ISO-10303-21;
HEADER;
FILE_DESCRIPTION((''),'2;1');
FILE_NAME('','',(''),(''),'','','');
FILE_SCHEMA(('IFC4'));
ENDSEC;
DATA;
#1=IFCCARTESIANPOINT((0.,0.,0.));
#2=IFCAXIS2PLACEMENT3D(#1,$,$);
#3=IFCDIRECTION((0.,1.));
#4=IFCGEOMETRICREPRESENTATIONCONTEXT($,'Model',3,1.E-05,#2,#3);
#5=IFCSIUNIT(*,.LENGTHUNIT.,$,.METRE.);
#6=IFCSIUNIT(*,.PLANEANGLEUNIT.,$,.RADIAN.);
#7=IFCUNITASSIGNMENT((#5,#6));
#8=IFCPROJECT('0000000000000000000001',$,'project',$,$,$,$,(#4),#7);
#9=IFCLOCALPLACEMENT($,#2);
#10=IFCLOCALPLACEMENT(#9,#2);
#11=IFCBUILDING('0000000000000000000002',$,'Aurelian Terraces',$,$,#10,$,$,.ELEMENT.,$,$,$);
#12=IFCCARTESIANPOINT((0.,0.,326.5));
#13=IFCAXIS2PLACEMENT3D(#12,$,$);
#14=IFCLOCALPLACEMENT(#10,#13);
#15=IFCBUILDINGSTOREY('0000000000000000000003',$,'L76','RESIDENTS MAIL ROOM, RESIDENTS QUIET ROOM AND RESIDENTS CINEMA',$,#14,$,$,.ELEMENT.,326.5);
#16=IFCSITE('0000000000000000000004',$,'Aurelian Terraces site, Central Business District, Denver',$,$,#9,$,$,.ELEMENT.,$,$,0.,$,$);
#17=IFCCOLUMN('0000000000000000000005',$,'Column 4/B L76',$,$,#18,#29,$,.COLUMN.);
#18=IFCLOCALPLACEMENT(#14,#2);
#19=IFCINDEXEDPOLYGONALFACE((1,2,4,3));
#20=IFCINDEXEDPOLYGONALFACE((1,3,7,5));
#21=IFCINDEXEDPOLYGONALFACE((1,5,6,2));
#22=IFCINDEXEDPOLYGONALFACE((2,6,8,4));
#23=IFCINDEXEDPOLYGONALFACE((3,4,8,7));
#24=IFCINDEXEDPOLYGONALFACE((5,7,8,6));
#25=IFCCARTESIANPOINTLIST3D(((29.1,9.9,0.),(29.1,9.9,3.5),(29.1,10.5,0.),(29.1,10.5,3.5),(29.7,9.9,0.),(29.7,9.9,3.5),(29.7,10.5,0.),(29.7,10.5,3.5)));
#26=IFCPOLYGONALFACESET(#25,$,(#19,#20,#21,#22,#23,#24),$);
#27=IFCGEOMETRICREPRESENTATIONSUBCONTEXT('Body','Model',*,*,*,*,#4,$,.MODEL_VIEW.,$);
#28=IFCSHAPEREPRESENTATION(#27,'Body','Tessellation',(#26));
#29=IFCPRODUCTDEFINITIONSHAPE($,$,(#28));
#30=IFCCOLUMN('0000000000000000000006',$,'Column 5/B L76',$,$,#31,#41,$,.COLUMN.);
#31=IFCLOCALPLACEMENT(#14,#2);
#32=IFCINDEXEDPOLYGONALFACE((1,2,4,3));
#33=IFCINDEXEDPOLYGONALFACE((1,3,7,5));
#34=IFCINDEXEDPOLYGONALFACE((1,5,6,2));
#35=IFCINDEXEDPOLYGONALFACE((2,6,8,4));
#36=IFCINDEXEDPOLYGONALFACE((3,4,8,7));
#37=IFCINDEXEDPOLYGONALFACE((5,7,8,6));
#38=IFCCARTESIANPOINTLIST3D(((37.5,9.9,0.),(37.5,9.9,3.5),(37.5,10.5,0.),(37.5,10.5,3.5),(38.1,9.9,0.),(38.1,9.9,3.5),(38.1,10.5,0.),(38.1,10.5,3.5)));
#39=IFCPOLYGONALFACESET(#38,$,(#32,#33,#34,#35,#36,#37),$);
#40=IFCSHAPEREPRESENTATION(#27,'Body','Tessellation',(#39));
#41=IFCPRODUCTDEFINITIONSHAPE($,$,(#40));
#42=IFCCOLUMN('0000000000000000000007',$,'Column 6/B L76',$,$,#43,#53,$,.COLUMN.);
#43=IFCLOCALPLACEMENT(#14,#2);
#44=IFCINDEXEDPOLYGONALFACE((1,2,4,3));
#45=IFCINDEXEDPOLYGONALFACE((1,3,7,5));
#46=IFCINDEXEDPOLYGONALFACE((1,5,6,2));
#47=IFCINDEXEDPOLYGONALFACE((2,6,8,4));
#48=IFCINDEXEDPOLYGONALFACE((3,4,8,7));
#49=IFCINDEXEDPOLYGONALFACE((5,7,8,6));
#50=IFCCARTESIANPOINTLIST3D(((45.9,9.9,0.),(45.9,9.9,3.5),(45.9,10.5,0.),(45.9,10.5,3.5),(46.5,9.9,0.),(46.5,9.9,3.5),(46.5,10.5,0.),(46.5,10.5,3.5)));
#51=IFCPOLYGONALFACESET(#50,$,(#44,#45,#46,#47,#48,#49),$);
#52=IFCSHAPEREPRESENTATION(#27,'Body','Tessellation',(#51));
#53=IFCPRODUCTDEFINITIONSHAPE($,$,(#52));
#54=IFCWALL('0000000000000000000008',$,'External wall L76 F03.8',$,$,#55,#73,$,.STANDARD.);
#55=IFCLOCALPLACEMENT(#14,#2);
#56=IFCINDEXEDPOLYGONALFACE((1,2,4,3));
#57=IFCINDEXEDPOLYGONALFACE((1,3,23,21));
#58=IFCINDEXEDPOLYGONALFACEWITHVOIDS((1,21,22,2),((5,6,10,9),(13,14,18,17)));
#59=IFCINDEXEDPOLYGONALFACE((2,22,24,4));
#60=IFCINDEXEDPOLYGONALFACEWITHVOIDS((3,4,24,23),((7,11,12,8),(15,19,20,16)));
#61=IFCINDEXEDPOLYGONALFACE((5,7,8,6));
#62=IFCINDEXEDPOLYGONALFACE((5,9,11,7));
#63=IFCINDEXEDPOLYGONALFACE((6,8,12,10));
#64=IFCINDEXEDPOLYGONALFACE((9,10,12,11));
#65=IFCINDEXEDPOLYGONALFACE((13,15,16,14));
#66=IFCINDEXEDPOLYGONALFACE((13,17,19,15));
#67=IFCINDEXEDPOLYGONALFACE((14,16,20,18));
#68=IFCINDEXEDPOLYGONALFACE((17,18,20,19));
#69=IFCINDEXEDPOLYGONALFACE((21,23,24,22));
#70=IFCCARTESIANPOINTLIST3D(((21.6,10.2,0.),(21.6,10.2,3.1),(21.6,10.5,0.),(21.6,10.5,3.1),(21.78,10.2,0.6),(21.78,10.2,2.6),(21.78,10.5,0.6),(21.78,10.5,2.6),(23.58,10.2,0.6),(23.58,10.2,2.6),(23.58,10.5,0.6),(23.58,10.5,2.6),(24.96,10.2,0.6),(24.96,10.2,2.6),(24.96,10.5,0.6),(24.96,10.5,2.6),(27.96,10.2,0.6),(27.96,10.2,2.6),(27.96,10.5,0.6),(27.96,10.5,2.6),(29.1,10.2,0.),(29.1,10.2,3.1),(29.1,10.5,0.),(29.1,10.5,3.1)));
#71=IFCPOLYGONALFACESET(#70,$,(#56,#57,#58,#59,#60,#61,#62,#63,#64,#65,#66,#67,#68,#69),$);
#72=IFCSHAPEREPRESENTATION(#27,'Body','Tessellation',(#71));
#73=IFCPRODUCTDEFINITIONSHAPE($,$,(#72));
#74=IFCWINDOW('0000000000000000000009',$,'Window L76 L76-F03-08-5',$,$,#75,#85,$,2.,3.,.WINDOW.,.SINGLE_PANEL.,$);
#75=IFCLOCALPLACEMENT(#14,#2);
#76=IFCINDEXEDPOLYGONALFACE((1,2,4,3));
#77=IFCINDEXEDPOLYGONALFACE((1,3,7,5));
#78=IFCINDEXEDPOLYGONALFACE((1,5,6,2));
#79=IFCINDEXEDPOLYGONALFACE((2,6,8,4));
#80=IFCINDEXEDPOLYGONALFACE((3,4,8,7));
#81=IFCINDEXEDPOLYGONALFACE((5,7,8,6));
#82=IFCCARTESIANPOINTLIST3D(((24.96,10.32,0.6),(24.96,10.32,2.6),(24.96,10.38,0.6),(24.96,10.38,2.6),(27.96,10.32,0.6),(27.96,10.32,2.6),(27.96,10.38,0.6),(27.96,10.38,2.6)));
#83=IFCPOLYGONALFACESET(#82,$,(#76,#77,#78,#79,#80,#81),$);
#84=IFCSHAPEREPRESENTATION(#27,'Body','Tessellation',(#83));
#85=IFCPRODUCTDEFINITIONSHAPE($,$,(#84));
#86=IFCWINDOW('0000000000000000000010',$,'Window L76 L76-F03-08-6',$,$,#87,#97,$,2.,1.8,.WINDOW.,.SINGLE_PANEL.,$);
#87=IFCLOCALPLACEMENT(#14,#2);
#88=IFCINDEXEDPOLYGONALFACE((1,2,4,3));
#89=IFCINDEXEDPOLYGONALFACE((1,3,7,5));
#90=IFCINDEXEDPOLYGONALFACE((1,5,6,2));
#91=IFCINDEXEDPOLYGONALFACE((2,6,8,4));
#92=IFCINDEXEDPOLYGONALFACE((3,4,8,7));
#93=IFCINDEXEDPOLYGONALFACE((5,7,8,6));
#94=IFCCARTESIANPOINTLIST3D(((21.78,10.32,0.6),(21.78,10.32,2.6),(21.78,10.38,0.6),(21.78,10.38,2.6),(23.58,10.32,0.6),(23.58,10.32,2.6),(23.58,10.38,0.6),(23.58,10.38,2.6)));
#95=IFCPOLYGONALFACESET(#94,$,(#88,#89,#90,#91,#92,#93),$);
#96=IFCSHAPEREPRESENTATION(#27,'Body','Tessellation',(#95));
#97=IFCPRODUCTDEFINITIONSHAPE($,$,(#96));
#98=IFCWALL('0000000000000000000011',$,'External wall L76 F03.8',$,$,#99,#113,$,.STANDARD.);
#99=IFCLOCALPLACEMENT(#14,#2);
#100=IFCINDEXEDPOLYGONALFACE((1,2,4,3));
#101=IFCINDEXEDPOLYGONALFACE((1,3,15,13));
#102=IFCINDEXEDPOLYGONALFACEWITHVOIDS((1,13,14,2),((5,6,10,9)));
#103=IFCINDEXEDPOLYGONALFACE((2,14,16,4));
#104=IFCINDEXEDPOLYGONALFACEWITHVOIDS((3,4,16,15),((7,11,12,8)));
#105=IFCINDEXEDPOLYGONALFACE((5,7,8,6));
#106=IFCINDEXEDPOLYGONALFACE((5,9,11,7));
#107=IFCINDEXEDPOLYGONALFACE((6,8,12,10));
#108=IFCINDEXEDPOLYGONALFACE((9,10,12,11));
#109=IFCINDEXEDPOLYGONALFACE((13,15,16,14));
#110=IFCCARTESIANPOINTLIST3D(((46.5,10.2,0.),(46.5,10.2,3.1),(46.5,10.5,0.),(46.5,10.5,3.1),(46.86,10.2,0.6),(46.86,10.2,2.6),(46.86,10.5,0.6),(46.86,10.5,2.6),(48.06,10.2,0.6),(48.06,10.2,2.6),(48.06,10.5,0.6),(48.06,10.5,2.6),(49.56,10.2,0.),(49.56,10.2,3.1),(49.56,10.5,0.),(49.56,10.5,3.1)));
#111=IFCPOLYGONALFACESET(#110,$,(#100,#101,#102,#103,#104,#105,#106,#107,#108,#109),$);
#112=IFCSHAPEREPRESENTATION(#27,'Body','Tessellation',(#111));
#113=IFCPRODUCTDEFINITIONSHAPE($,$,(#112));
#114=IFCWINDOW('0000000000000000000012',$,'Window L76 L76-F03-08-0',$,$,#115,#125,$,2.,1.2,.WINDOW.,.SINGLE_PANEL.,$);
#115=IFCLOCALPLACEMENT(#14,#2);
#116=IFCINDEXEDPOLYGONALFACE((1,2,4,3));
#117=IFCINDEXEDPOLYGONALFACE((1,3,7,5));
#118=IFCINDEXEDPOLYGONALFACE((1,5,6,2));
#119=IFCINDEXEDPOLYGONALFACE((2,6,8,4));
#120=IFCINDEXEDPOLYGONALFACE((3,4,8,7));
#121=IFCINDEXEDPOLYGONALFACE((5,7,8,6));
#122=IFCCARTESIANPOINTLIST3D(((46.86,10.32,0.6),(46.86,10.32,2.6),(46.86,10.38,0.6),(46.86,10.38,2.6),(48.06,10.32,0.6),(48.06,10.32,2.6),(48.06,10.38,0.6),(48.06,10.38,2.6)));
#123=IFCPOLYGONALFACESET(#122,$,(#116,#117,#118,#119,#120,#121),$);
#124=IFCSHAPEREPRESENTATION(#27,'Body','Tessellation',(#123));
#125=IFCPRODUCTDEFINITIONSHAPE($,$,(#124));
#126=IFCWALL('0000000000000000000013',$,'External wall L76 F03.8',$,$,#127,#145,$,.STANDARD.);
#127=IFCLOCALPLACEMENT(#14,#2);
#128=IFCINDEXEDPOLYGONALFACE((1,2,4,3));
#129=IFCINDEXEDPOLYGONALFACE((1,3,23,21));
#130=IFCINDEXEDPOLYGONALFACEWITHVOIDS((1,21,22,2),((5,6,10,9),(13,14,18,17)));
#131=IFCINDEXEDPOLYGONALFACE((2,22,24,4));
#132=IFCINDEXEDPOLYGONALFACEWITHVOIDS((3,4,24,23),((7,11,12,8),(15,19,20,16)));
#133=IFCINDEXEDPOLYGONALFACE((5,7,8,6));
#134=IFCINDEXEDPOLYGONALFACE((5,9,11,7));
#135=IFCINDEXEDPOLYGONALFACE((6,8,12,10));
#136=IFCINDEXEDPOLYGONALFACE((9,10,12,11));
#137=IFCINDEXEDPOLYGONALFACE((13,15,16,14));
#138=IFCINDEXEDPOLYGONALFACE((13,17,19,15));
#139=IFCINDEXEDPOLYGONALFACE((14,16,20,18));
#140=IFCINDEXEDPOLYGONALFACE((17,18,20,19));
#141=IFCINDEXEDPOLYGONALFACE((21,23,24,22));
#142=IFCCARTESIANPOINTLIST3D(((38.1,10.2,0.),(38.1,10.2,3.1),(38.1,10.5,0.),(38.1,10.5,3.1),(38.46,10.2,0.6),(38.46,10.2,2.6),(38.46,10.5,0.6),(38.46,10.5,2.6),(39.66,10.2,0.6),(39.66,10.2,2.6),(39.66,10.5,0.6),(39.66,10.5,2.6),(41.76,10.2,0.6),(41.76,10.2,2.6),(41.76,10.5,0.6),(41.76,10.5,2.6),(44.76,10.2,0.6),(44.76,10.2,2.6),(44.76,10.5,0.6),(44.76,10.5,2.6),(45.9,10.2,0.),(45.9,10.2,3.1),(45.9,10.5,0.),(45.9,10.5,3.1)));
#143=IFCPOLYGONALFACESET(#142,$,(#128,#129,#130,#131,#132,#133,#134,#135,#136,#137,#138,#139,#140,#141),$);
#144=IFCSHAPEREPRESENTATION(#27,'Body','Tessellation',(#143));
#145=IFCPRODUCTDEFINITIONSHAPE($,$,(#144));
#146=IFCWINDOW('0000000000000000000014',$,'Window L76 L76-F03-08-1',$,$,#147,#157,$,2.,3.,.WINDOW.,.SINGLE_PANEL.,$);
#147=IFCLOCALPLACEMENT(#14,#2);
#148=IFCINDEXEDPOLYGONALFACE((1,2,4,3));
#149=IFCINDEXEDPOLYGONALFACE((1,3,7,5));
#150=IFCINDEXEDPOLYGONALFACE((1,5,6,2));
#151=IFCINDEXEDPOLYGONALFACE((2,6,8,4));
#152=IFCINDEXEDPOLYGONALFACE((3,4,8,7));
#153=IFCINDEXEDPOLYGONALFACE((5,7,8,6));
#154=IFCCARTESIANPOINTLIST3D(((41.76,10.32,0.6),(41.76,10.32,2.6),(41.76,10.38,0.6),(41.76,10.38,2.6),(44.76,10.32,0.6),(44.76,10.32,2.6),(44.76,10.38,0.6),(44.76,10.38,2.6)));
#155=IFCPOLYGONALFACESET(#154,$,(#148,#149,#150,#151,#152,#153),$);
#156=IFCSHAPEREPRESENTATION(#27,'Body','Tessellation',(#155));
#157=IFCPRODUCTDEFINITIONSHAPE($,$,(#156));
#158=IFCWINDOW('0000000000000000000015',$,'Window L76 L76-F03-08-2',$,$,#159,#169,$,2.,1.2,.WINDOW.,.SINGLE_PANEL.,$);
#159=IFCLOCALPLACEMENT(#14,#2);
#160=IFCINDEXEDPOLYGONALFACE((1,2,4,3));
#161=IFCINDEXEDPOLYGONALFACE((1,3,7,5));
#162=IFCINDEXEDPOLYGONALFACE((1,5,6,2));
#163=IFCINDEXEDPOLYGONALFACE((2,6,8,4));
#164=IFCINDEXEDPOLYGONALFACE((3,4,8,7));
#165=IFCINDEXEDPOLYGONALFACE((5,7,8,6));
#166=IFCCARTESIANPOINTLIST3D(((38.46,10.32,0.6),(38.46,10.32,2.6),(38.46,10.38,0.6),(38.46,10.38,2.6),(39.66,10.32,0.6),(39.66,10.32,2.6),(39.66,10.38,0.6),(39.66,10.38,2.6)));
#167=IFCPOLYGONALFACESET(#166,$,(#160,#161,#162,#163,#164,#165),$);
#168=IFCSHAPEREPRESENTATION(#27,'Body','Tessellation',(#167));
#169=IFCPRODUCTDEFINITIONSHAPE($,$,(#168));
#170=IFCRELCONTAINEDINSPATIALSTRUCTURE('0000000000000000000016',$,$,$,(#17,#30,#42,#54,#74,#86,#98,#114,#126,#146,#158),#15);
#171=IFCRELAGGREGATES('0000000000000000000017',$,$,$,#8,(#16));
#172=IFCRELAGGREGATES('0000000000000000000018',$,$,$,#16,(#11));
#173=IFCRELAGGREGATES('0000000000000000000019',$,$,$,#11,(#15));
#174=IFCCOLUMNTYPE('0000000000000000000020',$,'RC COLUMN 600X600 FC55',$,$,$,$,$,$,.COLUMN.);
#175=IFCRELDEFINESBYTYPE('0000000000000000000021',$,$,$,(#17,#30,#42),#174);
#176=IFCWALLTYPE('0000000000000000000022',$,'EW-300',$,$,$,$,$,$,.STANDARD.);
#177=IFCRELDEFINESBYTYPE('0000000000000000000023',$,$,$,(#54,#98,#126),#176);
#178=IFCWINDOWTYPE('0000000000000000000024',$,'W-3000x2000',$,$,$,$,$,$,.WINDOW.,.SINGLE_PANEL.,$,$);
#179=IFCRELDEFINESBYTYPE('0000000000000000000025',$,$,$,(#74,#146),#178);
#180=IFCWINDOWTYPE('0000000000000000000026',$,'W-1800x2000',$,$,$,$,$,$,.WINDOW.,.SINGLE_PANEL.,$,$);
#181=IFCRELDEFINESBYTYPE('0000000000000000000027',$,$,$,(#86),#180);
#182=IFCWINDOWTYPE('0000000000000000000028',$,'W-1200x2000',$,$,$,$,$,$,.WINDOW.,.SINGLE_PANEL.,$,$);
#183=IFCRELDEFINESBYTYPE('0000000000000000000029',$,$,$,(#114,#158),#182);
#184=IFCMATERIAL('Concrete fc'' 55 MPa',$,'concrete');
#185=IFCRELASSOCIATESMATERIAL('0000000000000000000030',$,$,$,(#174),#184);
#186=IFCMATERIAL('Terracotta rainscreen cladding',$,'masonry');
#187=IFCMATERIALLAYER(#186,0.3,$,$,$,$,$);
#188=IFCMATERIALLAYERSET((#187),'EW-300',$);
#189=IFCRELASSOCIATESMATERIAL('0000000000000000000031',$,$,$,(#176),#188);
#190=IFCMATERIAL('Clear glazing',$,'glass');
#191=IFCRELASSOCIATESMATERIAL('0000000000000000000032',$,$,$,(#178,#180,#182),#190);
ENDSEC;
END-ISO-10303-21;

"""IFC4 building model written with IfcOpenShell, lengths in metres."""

from ifc_helpers import new_model, si_unit, direction, frame, frame_2d, origin, origin_2d, place, context, subcontext, project, spatial, rectangle, extrude, source, transform, mapped, material, layer, layer_set, material_profile, profile_set, type_object, element, fill, save


model = new_model("IFC4")

# Units and contexts
model_context = context("Model", 3, precision=1e-05, world=origin(), true_north=direction((0.0, 1.0)))
body_context = subcontext(model_context, "Body", "Model", "MODEL_VIEW")
ifc_project = project(units=[si_unit("LENGTHUNIT", "METRE"), si_unit("PLANEANGLEUNIT", "RADIAN")], contexts=[model_context])

# Site, building, storey
site_placement = place(None, origin())
site = spatial("IfcSite", under=ifc_project, at=site_placement, Name="Aurelian Terraces site, Central Business District, Denver", CompositionType="ELEMENT", RefElevation=0.0)
building_placement = place(site_placement, origin())
building = spatial("IfcBuilding", under=site, at=building_placement, Name="Aurelian Terraces", CompositionType="ELEMENT")
storey_placement = place(building_placement, frame((0.0, 0.0, 326.5)))
storey = spatial("IfcBuildingStorey", under=building, at=storey_placement, Name="L76", Description="RESIDENTS MAIL ROOM, RESIDENTS QUIET ROOM AND RESIDENTS CINEMA", CompositionType="ELEMENT", Elevation=326.5)

# Columns
ifc_material_1 = material(Name="Concrete fc' 55 MPa", Category="concrete")
ifc_material_profile = material_profile(ifc_material_1, rectangle(XDim=0.6, YDim=0.6, at=origin_2d()))
ifc_profile_set = profile_set([ifc_material_profile], Name="Concrete fc' 55 MPa")
column_type = type_object("IfcColumnType", Name="RC COLUMN 600X600 FC55", PredefinedType="COLUMN", material=ifc_profile_set)
shared_shape_1 = source(origin(), body_context, "Body", "SweptSolid", [
    extrude(rectangle(XDim=0.6, YDim=0.6, at=origin_2d()), origin(), (0.0, 0.0, 1.0), 3.5),
])
for number, where, z_axis, x_axis, name in (
    (1, (29.4, 10.2, 0.0), (0.0, 0.0, 1.0), (1.0, 0.0, 0.0), "Column 4/B L76"),
    (2, (37.8, 10.2, 0.0), (0.0, 0.0, 1.0), (1.0, 0.0, 0.0), "Column 5/B L76"),
    (3, (46.2, 10.2, 0.0), (0.0, 0.0, 1.0), (1.0, 0.0, 0.0), "Column 6/B L76"),
):
    element("IfcColumn", number, at=place(storey_placement, frame(where, z_axis=z_axis, x_axis=x_axis)), inside=storey, type_object=column_type, Name=name, PredefinedType="COLUMN", context=body_context, shape_type="MappedRepresentation", body=[
        mapped(shared_shape_1, transform((0.0, 0.0, 0.0), scale=1.0)),
    ])

# Wall, openings, windows
ifc_material_2 = material(Name="Terracotta rainscreen cladding", Category="masonry")
ifc_layer_1 = layer(ifc_material_2, 0.3)
ifc_layer_set_1 = layer_set([ifc_layer_1], Name="EW-300")
wall_type_1 = type_object("IfcWallType", Name="EW-300", PredefinedType="STANDARD", material=ifc_layer_set_1)
wall_1_placement = place(storey_placement, frame((29.1, 10.35, 0.0), z_axis=(0.0, 0.0, 1.0), x_axis=(-1.0, 0.0, 0.0)))
wall_1 = element("IfcWall", 4, at=wall_1_placement, inside=storey, type_object=wall_type_1, Name="External wall L76 F03.8", PredefinedType="STANDARD", context=body_context, shape_type="SweptSolid", body=[
    extrude(rectangle(XDim=7.5, YDim=0.3, at=frame_2d((3.75, 0.0))), origin(), (0.0, 0.0, 1.0), 3.1),
])
shared_shape_2 = source(origin(), body_context, "Body", "SweptSolid", [
    extrude(rectangle(XDim=3.0, YDim=2.0, at=frame_2d((1.5, 1.0))), frame((0.0, 0.16, 0.0), z_axis=(0.0, -1.0, 0.0), x_axis=(1.0, 0.0, 0.0)), (0.0, 0.0, 1.0), 0.32),
])
opening_1_placement = place(wall_1_placement, frame((1.14, 0.0, 0.6)))
opening_1 = element("IfcOpeningElement", 5, at=opening_1_placement, cuts=wall_1, PredefinedType="OPENING", context=body_context, shape_type="MappedRepresentation", body=[
    mapped(shared_shape_2, transform((0.0, 0.0, 0.0), scale=1.0)),
])
shared_shape_3 = source(origin(), body_context, "Body", "SweptSolid", [
    extrude(rectangle(XDim=1.8, YDim=2.0, at=frame_2d((0.9, 1.0))), frame((0.0, 0.16, 0.0), z_axis=(0.0, -1.0, 0.0), x_axis=(1.0, 0.0, 0.0)), (0.0, 0.0, 1.0), 0.32),
])
opening_2_placement = place(wall_1_placement, frame((5.52, 0.0, 0.6)))
opening_2 = element("IfcOpeningElement", 6, at=opening_2_placement, cuts=wall_1, PredefinedType="OPENING", context=body_context, shape_type="MappedRepresentation", body=[
    mapped(shared_shape_3, transform((0.0, 0.0, 0.0), scale=1.0)),
])
ifc_material_3 = material(Name="Clear glazing", Category="glass")
window_type_1 = type_object("IfcWindowType", Name="W-3000x2000", PartitioningType="SINGLE_PANEL", PredefinedType="WINDOW", material=ifc_material_3)
shared_shape_4 = source(origin(), body_context, "Body", "SweptSolid", [
    extrude(rectangle(XDim=3.0, YDim=2.0, at=frame_2d((1.5, 1.0))), frame((0.0, 0.03, 0.0), z_axis=(0.0, -1.0, 0.0), x_axis=(1.0, 0.0, 0.0)), (0.0, 0.0, 1.0), 0.06),
])
window_1_placement = place(opening_1_placement, origin())
window_1 = element("IfcWindow", 7, at=window_1_placement, inside=storey, type_object=window_type_1, Name="Window L76 L76-F03-08-5", OverallHeight=2.0, OverallWidth=3.0, PartitioningType="SINGLE_PANEL", PredefinedType="WINDOW", context=body_context, shape_type="MappedRepresentation", body=[
    mapped(shared_shape_4, transform((0.0, 0.0, 0.0), scale=1.0)),
])
fill(opening_1, window_1)
window_type_2 = type_object("IfcWindowType", Name="W-1800x2000", PartitioningType="SINGLE_PANEL", PredefinedType="WINDOW", material=ifc_material_3)
shared_shape_5 = source(origin(), body_context, "Body", "SweptSolid", [
    extrude(rectangle(XDim=1.8, YDim=2.0, at=frame_2d((0.9, 1.0))), frame((0.0, 0.03, 0.0), z_axis=(0.0, -1.0, 0.0), x_axis=(1.0, 0.0, 0.0)), (0.0, 0.0, 1.0), 0.06),
])
window_2_placement = place(opening_2_placement, origin())
window_2 = element("IfcWindow", 8, at=window_2_placement, inside=storey, type_object=window_type_2, Name="Window L76 L76-F03-08-6", OverallHeight=2.0, OverallWidth=1.8, PartitioningType="SINGLE_PANEL", PredefinedType="WINDOW", context=body_context, shape_type="MappedRepresentation", body=[
    mapped(shared_shape_5, transform((0.0, 0.0, 0.0), scale=1.0)),
])
fill(opening_2, window_2)

# Wall, opening, window
shared_shape_6 = source(origin(), body_context, "Body", "SweptSolid", [
    extrude(rectangle(XDim=3.06, YDim=0.3, at=frame_2d((1.53, 0.0))), origin(), (0.0, 0.0, 1.0), 3.1),
])
wall_2_placement = place(storey_placement, frame((49.56, 10.35, 0.0), z_axis=(0.0, 0.0, 1.0), x_axis=(-1.0, 0.0, 0.0)))
wall_2 = element("IfcWall", 9, at=wall_2_placement, inside=storey, type_object=wall_type_1, Name="External wall L76 F03.8", PredefinedType="STANDARD", context=body_context, shape_type="MappedRepresentation", body=[
    mapped(shared_shape_6, transform((0.0, 0.0, 0.0), scale=1.0)),
])
shared_shape_7 = source(origin(), body_context, "Body", "SweptSolid", [
    extrude(rectangle(XDim=1.2, YDim=2.0, at=frame_2d((0.6, 1.0))), frame((0.0, 0.16, 0.0), z_axis=(0.0, -1.0, 0.0), x_axis=(1.0, 0.0, 0.0)), (0.0, 0.0, 1.0), 0.32),
])
opening_3_placement = place(wall_2_placement, frame((1.5, 0.0, 0.6)))
opening_3 = element("IfcOpeningElement", 10, at=opening_3_placement, cuts=wall_2, PredefinedType="OPENING", context=body_context, shape_type="MappedRepresentation", body=[
    mapped(shared_shape_7, transform((0.0, 0.0, 0.0), scale=1.0)),
])
window_type_3 = type_object("IfcWindowType", Name="W-1200x2000", PartitioningType="SINGLE_PANEL", PredefinedType="WINDOW", material=ifc_material_3)
shared_shape_8 = source(origin(), body_context, "Body", "SweptSolid", [
    extrude(rectangle(XDim=1.2, YDim=2.0, at=frame_2d((0.6, 1.0))), frame((0.0, 0.03, 0.0), z_axis=(0.0, -1.0, 0.0), x_axis=(1.0, 0.0, 0.0)), (0.0, 0.0, 1.0), 0.06),
])
window_3_placement = place(opening_3_placement, origin())
window_3 = element("IfcWindow", 11, at=window_3_placement, inside=storey, type_object=window_type_3, Name="Window L76 L76-F03-08-0", OverallHeight=2.0, OverallWidth=1.2, PartitioningType="SINGLE_PANEL", PredefinedType="WINDOW", context=body_context, shape_type="MappedRepresentation", body=[
    mapped(shared_shape_8, transform((0.0, 0.0, 0.0), scale=1.0)),
])
fill(opening_3, window_3)

# Wall, openings, windows
shared_shape_9 = source(origin(), body_context, "Body", "SweptSolid", [
    extrude(rectangle(XDim=7.8, YDim=0.3, at=frame_2d((3.9, 0.0))), origin(), (0.0, 0.0, 1.0), 3.1),
])
wall_3_placement = place(storey_placement, frame((45.9, 10.35, 0.0), z_axis=(0.0, 0.0, 1.0), x_axis=(-1.0, 0.0, 0.0)))
wall_3 = element("IfcWall", 12, at=wall_3_placement, inside=storey, type_object=wall_type_1, Name="External wall L76 F03.8", PredefinedType="STANDARD", context=body_context, shape_type="MappedRepresentation", body=[
    mapped(shared_shape_9, transform((0.0, 0.0, 0.0), scale=1.0)),
])
opening_4_placement = place(wall_3_placement, frame((1.14, 0.0, 0.6)))
opening_4 = element("IfcOpeningElement", 13, at=opening_4_placement, cuts=wall_3, PredefinedType="OPENING", context=body_context, shape_type="MappedRepresentation", body=[
    mapped(shared_shape_2, transform((0.0, 0.0, 0.0), scale=1.0)),
])
opening_5_placement = place(wall_3_placement, frame((6.24, 0.0, 0.6)))
opening_5 = element("IfcOpeningElement", 14, at=opening_5_placement, cuts=wall_3, PredefinedType="OPENING", context=body_context, shape_type="MappedRepresentation", body=[
    mapped(shared_shape_7, transform((0.0, 0.0, 0.0), scale=1.0)),
])
window_4_placement = place(opening_4_placement, origin())
window_4 = element("IfcWindow", 15, at=window_4_placement, inside=storey, type_object=window_type_1, Name="Window L76 L76-F03-08-1", OverallHeight=2.0, OverallWidth=3.0, PartitioningType="SINGLE_PANEL", PredefinedType="WINDOW", context=body_context, shape_type="MappedRepresentation", body=[
    mapped(shared_shape_4, transform((0.0, 0.0, 0.0), scale=1.0)),
])
fill(opening_4, window_4)
window_5_placement = place(opening_5_placement, origin())
window_5 = element("IfcWindow", 16, at=window_5_placement, inside=storey, type_object=window_type_3, Name="Window L76 L76-F03-08-2", OverallHeight=2.0, OverallWidth=1.2, PartitioningType="SINGLE_PANEL", PredefinedType="WINDOW", context=body_context, shape_type="MappedRepresentation", body=[
    mapped(shared_shape_8, transform((0.0, 0.0, 0.0), scale=1.0)),
])
fill(opening_5, window_5)

save(model, "model.ifc")
